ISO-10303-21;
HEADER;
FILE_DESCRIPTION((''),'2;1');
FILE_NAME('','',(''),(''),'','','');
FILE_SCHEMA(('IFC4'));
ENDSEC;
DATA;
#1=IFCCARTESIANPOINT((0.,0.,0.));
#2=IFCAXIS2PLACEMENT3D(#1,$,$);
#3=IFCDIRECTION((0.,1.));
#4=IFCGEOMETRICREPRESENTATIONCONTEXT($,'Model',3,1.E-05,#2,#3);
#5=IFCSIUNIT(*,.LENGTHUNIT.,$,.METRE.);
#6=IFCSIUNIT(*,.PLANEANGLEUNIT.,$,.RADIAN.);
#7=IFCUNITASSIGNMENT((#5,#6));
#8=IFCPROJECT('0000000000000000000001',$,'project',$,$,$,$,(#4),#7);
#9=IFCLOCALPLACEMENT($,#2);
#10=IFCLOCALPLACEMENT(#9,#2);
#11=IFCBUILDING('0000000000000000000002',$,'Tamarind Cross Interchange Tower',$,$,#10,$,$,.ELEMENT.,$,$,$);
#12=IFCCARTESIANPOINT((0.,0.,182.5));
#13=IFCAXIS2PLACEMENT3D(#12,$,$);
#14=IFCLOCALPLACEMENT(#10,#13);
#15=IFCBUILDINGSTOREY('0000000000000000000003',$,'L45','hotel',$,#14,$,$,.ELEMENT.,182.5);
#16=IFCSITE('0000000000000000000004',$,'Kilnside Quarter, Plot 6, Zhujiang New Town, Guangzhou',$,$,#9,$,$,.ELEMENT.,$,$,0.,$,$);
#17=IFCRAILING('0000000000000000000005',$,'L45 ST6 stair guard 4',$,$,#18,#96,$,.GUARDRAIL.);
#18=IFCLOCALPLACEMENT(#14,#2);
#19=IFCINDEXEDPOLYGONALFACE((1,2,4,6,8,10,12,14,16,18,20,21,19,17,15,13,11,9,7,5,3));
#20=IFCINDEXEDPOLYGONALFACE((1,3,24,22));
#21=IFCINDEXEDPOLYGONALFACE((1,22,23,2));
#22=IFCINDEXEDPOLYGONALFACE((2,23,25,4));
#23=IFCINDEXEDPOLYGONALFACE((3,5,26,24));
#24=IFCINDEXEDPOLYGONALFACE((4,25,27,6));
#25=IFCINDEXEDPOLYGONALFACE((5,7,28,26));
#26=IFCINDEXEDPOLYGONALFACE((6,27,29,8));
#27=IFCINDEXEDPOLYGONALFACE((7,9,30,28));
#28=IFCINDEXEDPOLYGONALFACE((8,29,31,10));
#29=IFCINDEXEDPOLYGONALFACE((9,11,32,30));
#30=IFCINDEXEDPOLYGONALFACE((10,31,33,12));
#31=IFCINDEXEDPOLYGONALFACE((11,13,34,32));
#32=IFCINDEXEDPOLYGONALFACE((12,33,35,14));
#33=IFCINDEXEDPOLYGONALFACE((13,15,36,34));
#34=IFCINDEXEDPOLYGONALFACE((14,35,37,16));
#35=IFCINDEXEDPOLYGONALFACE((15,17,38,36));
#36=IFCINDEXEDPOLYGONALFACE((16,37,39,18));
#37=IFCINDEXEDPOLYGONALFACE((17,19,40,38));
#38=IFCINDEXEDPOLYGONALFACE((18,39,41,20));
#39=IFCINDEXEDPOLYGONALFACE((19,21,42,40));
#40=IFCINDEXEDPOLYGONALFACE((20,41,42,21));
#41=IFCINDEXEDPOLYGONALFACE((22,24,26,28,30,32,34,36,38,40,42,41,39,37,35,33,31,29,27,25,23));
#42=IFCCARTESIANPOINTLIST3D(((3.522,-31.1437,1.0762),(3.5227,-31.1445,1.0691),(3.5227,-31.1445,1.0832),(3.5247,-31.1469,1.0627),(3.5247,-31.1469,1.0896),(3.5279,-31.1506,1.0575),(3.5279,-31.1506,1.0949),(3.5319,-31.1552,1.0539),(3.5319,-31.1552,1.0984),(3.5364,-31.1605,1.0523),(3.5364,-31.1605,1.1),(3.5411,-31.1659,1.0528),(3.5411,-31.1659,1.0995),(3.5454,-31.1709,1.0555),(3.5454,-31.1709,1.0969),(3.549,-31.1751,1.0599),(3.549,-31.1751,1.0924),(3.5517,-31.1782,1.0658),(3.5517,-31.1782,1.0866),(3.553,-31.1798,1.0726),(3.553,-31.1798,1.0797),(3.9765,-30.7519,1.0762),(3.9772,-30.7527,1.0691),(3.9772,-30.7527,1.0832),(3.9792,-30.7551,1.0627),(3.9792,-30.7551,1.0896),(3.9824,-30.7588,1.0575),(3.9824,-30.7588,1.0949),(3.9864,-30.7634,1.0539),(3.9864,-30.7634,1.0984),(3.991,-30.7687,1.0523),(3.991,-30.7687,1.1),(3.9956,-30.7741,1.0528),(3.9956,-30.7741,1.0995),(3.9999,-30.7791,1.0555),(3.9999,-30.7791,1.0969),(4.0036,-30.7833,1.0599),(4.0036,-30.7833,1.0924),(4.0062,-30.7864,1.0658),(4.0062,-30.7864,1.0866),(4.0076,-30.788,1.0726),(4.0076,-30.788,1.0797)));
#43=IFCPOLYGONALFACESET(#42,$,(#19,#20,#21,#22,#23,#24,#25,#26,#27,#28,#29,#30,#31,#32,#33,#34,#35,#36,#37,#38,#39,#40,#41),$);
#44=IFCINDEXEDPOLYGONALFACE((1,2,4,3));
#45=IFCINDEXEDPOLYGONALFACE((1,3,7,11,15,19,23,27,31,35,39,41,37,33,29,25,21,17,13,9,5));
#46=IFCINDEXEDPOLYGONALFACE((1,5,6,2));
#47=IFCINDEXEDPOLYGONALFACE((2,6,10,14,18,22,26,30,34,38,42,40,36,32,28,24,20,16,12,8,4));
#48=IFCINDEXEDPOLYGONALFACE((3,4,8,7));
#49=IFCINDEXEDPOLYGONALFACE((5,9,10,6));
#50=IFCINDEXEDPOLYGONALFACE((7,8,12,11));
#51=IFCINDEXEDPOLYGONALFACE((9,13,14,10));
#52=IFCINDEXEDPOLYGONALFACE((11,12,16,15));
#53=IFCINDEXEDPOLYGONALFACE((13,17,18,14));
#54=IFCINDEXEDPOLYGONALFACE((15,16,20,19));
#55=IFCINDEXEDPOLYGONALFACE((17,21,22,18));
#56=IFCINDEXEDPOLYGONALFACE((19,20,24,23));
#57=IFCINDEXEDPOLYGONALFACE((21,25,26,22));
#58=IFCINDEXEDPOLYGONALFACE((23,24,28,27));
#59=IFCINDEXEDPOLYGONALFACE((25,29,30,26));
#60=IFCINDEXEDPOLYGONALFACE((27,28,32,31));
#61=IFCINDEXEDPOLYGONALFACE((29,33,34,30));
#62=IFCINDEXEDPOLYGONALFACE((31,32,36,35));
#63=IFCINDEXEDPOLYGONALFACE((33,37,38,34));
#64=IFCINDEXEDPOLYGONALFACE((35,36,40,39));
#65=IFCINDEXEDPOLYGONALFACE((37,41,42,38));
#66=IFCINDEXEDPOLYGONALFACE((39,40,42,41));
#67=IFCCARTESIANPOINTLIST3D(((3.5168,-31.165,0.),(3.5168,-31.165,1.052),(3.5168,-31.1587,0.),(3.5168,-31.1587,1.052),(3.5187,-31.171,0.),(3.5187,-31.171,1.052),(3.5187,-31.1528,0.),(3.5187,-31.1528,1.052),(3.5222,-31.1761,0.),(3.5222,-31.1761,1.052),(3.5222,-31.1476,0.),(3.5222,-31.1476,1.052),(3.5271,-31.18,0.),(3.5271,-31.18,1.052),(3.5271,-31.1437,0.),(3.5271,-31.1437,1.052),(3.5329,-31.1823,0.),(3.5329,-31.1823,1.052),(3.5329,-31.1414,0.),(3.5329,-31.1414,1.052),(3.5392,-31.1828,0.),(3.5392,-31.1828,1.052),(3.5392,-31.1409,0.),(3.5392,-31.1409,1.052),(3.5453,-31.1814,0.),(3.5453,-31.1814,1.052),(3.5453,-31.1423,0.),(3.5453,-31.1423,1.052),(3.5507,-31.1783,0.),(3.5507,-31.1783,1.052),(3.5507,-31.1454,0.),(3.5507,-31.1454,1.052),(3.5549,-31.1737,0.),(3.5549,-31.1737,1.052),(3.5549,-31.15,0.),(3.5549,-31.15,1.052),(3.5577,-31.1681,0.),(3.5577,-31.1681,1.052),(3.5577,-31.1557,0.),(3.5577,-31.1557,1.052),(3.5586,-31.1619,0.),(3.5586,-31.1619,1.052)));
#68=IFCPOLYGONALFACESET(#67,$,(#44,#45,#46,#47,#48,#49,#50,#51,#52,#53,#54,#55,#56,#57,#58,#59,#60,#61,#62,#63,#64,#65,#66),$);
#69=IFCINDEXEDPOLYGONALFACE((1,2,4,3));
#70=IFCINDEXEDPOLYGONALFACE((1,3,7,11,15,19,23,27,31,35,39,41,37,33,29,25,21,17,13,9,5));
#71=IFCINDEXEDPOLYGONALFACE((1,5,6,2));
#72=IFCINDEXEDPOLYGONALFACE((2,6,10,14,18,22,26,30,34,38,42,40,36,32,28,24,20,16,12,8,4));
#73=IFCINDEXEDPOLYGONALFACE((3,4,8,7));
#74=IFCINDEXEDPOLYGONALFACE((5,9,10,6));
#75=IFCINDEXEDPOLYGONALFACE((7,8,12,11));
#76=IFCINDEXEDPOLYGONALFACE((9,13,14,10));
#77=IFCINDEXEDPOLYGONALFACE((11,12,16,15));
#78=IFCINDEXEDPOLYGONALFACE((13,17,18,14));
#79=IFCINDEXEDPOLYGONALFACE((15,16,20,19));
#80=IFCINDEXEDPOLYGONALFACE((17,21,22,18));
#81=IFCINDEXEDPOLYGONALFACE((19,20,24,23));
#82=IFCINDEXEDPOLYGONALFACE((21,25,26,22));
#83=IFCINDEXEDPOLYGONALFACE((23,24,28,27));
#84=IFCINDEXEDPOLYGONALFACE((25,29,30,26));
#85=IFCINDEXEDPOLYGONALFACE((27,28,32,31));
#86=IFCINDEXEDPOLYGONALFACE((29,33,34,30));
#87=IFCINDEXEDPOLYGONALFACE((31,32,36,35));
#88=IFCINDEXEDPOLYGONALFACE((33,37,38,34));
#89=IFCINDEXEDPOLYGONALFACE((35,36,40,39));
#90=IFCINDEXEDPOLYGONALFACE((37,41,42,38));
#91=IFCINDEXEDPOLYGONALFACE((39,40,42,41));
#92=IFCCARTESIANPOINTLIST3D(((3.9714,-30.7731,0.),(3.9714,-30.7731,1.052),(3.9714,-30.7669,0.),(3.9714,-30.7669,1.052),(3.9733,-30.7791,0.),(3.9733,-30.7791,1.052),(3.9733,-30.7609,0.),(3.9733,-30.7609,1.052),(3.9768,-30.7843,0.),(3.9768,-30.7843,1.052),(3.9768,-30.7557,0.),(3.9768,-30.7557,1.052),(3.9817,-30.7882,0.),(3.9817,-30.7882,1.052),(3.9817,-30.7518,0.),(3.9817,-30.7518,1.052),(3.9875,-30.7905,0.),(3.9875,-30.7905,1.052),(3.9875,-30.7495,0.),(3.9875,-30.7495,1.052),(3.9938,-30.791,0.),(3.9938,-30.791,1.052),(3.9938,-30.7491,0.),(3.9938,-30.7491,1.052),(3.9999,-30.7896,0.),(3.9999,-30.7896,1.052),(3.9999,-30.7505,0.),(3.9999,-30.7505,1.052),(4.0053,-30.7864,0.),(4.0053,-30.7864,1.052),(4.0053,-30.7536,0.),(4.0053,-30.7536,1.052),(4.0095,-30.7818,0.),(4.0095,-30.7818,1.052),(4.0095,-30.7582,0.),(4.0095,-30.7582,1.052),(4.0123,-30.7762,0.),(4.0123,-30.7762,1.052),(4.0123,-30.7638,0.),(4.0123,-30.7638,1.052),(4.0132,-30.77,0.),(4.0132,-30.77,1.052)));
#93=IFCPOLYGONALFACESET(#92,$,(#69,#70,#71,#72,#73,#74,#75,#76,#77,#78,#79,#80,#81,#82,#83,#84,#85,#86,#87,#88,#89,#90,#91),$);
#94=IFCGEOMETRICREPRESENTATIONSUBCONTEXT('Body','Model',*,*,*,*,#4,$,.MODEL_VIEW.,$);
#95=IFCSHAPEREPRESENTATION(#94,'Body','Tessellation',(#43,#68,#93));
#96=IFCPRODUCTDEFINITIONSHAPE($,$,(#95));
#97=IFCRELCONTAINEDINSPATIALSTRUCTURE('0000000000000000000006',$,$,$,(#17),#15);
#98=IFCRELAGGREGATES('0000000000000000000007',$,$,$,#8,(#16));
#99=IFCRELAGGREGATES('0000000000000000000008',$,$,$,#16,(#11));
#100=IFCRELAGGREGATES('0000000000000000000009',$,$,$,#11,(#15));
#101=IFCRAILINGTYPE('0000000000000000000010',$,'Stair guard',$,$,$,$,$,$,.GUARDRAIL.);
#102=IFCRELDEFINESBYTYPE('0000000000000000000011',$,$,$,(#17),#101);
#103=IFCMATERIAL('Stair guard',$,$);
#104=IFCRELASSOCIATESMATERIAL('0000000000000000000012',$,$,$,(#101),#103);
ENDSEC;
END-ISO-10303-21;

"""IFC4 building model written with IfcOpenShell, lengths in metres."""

from ifc_helpers import new_model, si_unit, direction, frame, origin, origin_2d, place, context, subcontext, project, spatial, circle, extrude, material, type_object, element, save


model = new_model("IFC4")

# Units and contexts
model_context = context("Model", 3, precision=1e-05, world=origin(), true_north=direction((0.0, 1.0)))
body_context = subcontext(model_context, "Body", "Model", "MODEL_VIEW")
ifc_project = project(units=[si_unit("LENGTHUNIT", "METRE"), si_unit("PLANEANGLEUNIT", "RADIAN")], contexts=[model_context])

# Site, building, storey
site_placement = place(None, origin())
site = spatial("IfcSite", under=ifc_project, at=site_placement, Name="Kilnside Quarter, Plot 6, Zhujiang New Town, Guangzhou", CompositionType="ELEMENT", RefElevation=0.0)
building_placement = place(site_placement, origin())
building = spatial("IfcBuilding", under=site, at=building_placement, Name="Tamarind Cross Interchange Tower", CompositionType="ELEMENT")
storey_placement = place(building_placement, frame((0.0, 0.0, 182.5)))
storey = spatial("IfcBuildingStorey", under=building, at=storey_placement, Name="L45", Description="hotel", CompositionType="ELEMENT", Elevation=182.5)

# Railing
ifc_material_1 = material(Name="Stair guard")
railing_type = type_object("IfcRailingType", Name="Stair guard", PredefinedType="GUARDRAIL", material=ifc_material_1)
railing_1_placement = place(storey_placement, frame((3.5376, -31.1619, 0.0)))
element("IfcRailing", 1, at=railing_1_placement, inside=storey, type_object=railing_type, Name="L45 ST6 stair guard 4", PredefinedType="GUARDRAIL", context=body_context, shape_type="SweptSolid", body=[
    extrude(circle(Radius=0.0239, at=origin_2d()), frame((0.0, 0.0, 1.0762), z_axis=(0.757445, 0.652899, 0.0), x_axis=(-0.652899, 0.757445, 0.0)), (0.0, 0.0, 1.0), 0.6001),
    extrude(circle(Radius=0.021, at=origin_2d()), origin(), (0.0, 0.0, 1.0), 1.052),
    extrude(circle(Radius=0.021, at=origin_2d()), frame((0.4546, 0.3918, 0.0)), (0.0, 0.0, 1.0), 1.052),
])

save(model, "model.ifc")
